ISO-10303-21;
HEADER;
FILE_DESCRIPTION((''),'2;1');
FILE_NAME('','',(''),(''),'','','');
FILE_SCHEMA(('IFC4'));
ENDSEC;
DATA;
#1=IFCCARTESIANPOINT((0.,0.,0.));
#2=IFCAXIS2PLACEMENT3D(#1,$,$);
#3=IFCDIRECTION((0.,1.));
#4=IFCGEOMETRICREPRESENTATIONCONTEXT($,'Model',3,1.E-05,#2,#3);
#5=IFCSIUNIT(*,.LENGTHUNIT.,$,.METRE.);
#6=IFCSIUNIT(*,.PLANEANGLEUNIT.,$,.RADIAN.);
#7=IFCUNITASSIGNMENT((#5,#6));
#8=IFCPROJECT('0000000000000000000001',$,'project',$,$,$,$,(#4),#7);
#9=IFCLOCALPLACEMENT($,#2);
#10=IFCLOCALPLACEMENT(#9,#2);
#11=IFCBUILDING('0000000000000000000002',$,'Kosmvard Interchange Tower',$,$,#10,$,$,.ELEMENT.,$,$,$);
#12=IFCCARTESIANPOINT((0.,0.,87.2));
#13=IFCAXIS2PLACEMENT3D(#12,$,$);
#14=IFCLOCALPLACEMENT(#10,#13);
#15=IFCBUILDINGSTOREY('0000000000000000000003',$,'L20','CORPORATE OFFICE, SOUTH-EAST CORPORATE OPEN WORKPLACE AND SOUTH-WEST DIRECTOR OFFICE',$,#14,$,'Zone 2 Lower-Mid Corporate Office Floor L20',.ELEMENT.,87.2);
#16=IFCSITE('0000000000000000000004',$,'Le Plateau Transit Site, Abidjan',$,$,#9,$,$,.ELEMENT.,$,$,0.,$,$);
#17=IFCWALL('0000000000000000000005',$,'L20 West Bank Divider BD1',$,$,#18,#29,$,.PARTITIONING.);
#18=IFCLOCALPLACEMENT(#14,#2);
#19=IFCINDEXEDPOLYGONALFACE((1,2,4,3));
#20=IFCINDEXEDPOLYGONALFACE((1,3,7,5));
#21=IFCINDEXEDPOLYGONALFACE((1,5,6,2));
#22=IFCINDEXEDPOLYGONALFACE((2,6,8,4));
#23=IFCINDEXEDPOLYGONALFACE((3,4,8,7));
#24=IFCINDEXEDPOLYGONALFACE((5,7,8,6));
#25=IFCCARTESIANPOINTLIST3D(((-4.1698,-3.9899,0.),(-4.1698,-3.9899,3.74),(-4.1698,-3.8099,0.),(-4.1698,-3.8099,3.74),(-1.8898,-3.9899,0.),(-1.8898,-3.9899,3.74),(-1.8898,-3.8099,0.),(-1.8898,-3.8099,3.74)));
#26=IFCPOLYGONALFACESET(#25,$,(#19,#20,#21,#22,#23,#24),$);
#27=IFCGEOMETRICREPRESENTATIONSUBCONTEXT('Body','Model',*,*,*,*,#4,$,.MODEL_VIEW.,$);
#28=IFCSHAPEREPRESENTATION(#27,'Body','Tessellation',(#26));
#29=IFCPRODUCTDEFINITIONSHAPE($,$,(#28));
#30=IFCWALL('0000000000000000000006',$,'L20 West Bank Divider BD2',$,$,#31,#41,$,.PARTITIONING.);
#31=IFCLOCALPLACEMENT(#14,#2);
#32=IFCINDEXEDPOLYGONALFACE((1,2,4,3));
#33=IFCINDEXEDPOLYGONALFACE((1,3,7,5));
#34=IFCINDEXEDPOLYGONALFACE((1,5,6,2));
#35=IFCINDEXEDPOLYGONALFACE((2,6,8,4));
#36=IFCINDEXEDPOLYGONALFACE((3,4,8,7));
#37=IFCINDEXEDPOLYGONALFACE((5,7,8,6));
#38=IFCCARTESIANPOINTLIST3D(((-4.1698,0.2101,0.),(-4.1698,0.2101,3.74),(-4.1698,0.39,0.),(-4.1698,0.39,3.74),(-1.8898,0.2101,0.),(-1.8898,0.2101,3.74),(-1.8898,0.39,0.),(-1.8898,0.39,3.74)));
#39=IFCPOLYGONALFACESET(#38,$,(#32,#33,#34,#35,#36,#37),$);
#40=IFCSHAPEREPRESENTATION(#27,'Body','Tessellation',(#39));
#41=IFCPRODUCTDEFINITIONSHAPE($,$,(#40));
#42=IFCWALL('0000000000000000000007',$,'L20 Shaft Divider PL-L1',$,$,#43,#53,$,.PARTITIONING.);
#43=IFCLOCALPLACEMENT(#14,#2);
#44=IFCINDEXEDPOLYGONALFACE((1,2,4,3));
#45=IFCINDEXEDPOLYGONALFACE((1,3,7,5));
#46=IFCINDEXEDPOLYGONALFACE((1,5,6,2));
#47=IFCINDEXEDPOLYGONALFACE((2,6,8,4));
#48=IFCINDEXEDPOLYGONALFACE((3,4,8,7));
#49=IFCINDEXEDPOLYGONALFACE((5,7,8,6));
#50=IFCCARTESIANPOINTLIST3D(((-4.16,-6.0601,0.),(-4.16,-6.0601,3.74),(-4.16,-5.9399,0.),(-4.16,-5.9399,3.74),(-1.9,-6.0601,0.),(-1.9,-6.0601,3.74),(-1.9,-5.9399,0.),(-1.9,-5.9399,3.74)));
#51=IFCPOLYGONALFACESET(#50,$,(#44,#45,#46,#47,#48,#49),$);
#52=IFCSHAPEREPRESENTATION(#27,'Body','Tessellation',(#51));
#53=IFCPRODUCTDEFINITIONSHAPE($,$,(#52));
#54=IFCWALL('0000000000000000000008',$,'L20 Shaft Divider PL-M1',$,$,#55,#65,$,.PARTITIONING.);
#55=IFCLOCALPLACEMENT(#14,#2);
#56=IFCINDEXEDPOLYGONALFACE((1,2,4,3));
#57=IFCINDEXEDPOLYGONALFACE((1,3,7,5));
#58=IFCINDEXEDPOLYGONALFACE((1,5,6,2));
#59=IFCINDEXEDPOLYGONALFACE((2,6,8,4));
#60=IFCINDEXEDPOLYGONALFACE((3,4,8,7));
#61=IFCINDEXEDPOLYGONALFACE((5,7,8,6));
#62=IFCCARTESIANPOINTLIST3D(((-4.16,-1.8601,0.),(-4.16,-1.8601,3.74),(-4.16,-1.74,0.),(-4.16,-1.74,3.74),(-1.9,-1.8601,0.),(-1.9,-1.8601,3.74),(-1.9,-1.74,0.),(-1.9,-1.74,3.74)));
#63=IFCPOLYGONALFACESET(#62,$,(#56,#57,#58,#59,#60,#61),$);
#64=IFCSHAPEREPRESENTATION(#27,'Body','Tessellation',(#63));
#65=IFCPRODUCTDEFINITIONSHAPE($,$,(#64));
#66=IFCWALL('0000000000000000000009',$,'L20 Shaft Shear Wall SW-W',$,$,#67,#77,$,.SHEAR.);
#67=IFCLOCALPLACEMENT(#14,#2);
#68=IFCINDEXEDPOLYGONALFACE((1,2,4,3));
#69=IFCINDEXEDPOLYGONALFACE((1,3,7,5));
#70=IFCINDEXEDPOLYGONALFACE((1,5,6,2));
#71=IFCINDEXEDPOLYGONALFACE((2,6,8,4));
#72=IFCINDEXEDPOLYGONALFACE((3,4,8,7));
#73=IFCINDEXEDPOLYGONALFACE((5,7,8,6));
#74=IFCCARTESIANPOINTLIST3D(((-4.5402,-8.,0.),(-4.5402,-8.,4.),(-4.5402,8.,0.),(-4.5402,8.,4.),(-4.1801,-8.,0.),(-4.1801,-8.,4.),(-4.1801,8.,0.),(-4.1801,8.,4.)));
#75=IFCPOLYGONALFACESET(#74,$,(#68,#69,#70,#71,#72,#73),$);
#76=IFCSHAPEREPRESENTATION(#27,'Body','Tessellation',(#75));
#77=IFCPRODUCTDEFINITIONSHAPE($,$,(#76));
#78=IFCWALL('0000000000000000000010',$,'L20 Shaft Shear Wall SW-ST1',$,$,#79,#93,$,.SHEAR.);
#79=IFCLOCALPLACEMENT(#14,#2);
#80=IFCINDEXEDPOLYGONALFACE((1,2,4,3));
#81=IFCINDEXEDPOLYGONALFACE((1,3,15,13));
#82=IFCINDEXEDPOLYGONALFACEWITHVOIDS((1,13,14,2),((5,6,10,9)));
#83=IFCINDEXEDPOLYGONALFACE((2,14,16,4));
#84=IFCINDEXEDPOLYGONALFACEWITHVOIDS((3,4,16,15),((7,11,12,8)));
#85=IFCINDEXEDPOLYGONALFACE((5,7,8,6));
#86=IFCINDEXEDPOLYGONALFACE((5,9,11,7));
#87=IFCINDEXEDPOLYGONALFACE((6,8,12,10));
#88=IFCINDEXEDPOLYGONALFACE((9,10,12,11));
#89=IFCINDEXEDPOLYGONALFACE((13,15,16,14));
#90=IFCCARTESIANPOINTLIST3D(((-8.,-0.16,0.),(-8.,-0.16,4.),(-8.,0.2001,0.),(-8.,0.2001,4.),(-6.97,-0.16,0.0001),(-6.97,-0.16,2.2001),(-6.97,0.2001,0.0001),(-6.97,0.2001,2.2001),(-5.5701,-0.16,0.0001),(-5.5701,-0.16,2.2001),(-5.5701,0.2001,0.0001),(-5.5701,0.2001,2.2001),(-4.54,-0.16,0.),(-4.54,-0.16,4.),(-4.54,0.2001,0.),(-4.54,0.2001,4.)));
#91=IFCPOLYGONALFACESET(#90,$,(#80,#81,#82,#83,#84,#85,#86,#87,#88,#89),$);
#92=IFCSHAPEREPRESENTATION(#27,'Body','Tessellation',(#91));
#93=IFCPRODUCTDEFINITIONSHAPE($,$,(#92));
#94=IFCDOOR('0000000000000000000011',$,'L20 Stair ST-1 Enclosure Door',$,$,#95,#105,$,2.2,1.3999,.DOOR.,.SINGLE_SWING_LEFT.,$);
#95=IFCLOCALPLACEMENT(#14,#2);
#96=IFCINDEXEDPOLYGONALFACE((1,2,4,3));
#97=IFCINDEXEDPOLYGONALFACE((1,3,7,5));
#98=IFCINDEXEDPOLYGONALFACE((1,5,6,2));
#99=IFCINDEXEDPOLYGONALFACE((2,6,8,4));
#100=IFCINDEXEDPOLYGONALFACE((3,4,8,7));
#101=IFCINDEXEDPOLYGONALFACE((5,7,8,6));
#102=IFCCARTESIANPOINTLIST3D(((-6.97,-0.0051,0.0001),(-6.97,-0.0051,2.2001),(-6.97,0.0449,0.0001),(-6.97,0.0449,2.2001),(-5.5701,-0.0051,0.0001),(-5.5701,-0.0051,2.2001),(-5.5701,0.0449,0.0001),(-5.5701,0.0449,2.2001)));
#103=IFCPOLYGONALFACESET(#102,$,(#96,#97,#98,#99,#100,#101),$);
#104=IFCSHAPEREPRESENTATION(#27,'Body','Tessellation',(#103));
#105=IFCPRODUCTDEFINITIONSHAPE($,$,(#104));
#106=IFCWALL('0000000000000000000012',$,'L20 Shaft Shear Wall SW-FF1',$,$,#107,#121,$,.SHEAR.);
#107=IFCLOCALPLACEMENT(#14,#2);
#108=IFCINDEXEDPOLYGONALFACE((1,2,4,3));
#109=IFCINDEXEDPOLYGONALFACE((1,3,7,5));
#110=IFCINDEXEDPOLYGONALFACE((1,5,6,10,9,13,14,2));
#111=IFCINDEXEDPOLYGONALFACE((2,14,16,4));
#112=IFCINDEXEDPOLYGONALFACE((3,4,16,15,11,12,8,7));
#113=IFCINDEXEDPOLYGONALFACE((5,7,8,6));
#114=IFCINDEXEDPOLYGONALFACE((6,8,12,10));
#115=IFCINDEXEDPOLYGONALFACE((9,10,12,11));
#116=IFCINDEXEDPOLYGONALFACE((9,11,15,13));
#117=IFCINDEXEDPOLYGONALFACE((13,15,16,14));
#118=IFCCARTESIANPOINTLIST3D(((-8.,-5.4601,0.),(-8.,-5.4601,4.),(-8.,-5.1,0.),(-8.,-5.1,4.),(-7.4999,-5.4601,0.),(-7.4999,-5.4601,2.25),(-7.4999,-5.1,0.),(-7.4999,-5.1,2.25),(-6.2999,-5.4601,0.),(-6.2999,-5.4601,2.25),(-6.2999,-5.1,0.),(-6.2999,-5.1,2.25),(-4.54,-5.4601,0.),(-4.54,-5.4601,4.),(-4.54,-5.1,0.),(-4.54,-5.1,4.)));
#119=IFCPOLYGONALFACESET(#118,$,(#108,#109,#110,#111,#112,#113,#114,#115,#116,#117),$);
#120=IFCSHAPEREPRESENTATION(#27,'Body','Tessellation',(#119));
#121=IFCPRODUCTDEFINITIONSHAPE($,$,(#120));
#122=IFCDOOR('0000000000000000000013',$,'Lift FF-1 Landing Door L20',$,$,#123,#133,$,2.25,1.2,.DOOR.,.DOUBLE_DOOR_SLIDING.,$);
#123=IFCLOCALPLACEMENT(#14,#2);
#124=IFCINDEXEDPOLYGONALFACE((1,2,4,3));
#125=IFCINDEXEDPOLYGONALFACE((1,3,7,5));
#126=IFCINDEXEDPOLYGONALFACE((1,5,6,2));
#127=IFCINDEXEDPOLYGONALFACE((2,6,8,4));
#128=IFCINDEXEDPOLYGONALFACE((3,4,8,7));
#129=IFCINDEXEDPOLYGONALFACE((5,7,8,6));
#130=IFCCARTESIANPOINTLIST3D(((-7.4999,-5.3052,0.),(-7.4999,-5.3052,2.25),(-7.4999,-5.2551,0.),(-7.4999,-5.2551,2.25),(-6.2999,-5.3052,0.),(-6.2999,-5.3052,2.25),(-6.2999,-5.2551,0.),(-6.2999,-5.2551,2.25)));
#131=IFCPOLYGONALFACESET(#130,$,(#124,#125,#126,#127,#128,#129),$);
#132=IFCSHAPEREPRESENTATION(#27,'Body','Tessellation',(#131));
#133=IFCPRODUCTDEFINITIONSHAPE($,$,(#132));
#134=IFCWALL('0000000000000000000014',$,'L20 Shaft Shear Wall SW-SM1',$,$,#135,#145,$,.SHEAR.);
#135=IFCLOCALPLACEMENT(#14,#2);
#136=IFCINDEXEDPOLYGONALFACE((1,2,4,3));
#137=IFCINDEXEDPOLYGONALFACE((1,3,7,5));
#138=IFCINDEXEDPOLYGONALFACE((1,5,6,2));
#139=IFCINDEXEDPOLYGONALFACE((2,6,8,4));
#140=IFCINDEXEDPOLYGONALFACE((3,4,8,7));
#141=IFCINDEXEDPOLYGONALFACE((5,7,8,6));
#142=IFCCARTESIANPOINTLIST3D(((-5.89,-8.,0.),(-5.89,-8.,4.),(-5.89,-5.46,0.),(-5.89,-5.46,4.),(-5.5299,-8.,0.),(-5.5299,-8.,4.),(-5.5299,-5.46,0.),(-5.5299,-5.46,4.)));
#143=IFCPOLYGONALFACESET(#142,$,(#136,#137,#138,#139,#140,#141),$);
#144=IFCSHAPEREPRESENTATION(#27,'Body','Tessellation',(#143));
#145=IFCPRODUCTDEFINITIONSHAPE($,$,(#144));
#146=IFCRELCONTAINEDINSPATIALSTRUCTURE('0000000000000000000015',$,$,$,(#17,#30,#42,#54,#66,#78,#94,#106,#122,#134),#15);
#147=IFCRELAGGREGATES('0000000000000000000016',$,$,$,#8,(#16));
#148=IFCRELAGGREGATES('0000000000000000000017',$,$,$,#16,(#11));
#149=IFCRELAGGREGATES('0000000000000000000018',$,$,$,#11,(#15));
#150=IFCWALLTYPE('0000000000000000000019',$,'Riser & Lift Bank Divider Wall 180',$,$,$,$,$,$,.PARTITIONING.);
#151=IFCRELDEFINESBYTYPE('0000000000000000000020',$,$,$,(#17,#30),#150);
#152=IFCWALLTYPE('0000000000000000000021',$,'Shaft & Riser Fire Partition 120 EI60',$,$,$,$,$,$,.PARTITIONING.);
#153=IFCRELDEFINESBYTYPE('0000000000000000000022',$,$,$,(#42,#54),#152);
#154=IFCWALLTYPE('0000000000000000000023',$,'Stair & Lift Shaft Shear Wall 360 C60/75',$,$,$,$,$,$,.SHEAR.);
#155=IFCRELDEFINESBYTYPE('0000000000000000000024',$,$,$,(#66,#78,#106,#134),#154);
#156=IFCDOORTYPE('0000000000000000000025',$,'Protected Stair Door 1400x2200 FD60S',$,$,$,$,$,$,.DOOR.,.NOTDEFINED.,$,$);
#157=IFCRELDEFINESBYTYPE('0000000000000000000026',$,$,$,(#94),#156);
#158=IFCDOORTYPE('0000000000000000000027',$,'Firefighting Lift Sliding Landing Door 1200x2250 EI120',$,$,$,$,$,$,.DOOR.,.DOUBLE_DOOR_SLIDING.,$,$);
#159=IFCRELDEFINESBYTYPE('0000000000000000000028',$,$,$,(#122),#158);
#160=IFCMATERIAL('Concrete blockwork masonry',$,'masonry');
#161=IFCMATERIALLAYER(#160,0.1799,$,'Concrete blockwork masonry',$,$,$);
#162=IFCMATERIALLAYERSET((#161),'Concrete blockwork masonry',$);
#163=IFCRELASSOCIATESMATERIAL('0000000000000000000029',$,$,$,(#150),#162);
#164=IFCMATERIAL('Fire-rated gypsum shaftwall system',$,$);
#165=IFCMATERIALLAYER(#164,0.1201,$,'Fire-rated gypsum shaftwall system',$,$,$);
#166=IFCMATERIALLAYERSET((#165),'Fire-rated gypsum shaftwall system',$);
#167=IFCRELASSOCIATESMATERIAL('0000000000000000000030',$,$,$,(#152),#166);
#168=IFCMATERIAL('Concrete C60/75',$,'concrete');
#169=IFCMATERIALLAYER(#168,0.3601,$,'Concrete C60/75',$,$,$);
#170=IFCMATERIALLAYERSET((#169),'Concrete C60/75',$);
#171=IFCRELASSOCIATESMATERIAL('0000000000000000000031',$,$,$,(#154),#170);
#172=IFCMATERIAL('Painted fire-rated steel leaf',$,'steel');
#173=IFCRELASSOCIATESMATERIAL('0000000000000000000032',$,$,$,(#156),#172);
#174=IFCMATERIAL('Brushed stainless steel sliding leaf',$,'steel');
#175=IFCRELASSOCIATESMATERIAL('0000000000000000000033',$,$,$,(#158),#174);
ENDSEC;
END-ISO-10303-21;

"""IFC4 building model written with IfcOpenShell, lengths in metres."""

from ifc_helpers import new_model, si_unit, direction, frame, frame_2d, origin, place, context, subcontext, project, spatial, rectangle, extrude, source, transform, mapped, material, layer, layer_set, type_object, element, fill, save


model = new_model("IFC4")

# Units and contexts
model_context = context("Model", 3, precision=1e-05, world=origin(), true_north=direction((0.0, 1.0)))
body_context = subcontext(model_context, "Body", "Model", "MODEL_VIEW")
ifc_project = project(units=[si_unit("LENGTHUNIT", "METRE"), si_unit("PLANEANGLEUNIT", "RADIAN")], contexts=[model_context])

# Site, building, storey
site_placement = place(None, origin())
site = spatial("IfcSite", under=ifc_project, at=site_placement, Name="Le Plateau Transit Site, Abidjan", CompositionType="ELEMENT", RefElevation=0.0)
building_placement = place(site_placement, origin())
building = spatial("IfcBuilding", under=site, at=building_placement, Name="Kosmvard Interchange Tower", CompositionType="ELEMENT")
storey_placement = place(building_placement, frame((0.0, 0.0, 87.2)))
storey = spatial("IfcBuildingStorey", under=building, at=storey_placement, Name="L20", Description="CORPORATE OFFICE, SOUTH-EAST CORPORATE OPEN WORKPLACE AND SOUTH-WEST DIRECTOR OFFICE", LongName="Zone 2 Lower-Mid Corporate Office Floor L20", CompositionType="ELEMENT", Elevation=87.2)

# Shared definitions
ifc_material_1 = material(Name="Brushed stainless steel sliding leaf", Category="steel")

# Walls
ifc_material_2 = material(Name="Concrete blockwork masonry", Category="masonry")
ifc_layer_1 = layer(ifc_material_2, 0.1799, Name="Concrete blockwork masonry")
ifc_layer_set_1 = layer_set([ifc_layer_1], Name="Concrete blockwork masonry")
wall_type_1 = type_object("IfcWallType", Name="Riser & Lift Bank Divider Wall 180", PredefinedType="PARTITIONING", material=ifc_layer_set_1)
for number, where, z_axis, x_axis, name in (
    (1, (-4.1699, -3.8999, 0.0), (0.0, 0.0, 1.0), (1.0, 0.0, 0.0), "L20 West Bank Divider BD1"),
    (2, (-4.1699, 0.3, 0.0), (0.0, 0.0, 1.0), (1.0, 0.0, 0.0), "L20 West Bank Divider BD2"),
):
    element("IfcWall", number, at=place(storey_placement, frame(where, z_axis=z_axis, x_axis=x_axis)), inside=storey, type_object=wall_type_1, Name=name, PredefinedType="PARTITIONING", context=body_context, shape_type="SweptSolid", body=[
        extrude(rectangle(XDim=2.28, YDim=0.1799, at=frame_2d((1.1401, 0.0))), origin(), (0.0, 0.0, 1.0), 3.74),
    ])
ifc_material_3 = material(Name="Fire-rated gypsum shaftwall system")
ifc_layer_2 = layer(ifc_material_3, 0.1201, Name="Fire-rated gypsum shaftwall system")
ifc_layer_set_2 = layer_set([ifc_layer_2], Name="Fire-rated gypsum shaftwall system")
wall_type_2 = type_object("IfcWallType", Name="Shaft & Riser Fire Partition 120 EI60", PredefinedType="PARTITIONING", material=ifc_layer_set_2)
for number, where, z_axis, x_axis, name in (
    (3, (-4.1599, -6.0, 0.0), (0.0, 0.0, 1.0), (1.0, 0.0, 0.0), "L20 Shaft Divider PL-L1"),
    (4, (-4.1599, -1.8, 0.0), (0.0, 0.0, 1.0), (1.0, 0.0, 0.0), "L20 Shaft Divider PL-M1"),
):
    element("IfcWall", number, at=place(storey_placement, frame(where, z_axis=z_axis, x_axis=x_axis)), inside=storey, type_object=wall_type_2, Name=name, PredefinedType="PARTITIONING", context=body_context, shape_type="SweptSolid", body=[
        extrude(rectangle(XDim=2.26, YDim=0.1201, at=frame_2d((1.1299, 0.0))), origin(), (0.0, 0.0, 1.0), 3.74),
    ])
ifc_material_4 = material(Name="Concrete C60/75", Category="concrete")
ifc_layer_3 = layer(ifc_material_4, 0.3601, Name="Concrete C60/75")
ifc_layer_set_3 = layer_set([ifc_layer_3], Name="Concrete C60/75")
wall_type_3 = type_object("IfcWallType", Name="Stair & Lift Shaft Shear Wall 360 C60/75", PredefinedType="SHEAR", material=ifc_layer_set_3)
wall_1_placement = place(storey_placement, frame((-4.3601, -8.0, 0.0), z_axis=(0.0, 0.0, 1.0), x_axis=(0.0, 1.0, 0.0)))
element("IfcWall", 5, at=wall_1_placement, inside=storey, type_object=wall_type_3, Name="L20 Shaft Shear Wall SW-W", PredefinedType="SHEAR", context=body_context, shape_type="SweptSolid", body=[
    extrude(rectangle(XDim=16.0, YDim=0.3601, at=frame_2d((8.0, 0.0))), origin(), (0.0, 0.0, 1.0), 4.0),
])

# Walls, openings, doors
wall_2_placement = place(storey_placement, frame((-8.0, 0.02, 0.0), z_axis=(0.0, 0.0, 1.0), x_axis=(1.0, 0.0, 0.0)))
wall_2 = element("IfcWall", 6, at=wall_2_placement, inside=storey, type_object=wall_type_3, Name="L20 Shaft Shear Wall SW-ST1", PredefinedType="SHEAR", context=body_context, shape_type="SweptSolid", body=[
    extrude(rectangle(XDim=3.46, YDim=0.3601, at=frame_2d((1.73, 0.0))), origin(), (0.0, 0.0, 1.0), 4.0),
])
opening_1_placement = place(wall_2_placement, frame((1.03, 0.0, 0.0)))
opening_1 = element("IfcOpeningElement", 7, at=opening_1_placement, cuts=wall_2, PredefinedType="OPENING", context=body_context, shape_type="SweptSolid", body=[
    extrude(rectangle(XDim=1.3999, YDim=2.2, at=frame_2d((0.7, 1.1001))), frame((0.0, 0.1899, 0.0), z_axis=(0.0, -1.0, 0.0), x_axis=(1.0, 0.0, 0.0)), (0.0, 0.0, 1.0), 0.3801),
])
ifc_material_5 = material(Name="Painted fire-rated steel leaf", Category="steel")
door_type_1 = type_object("IfcDoorType", Name="Protected Stair Door 1400x2200 FD60S", OperationType="NOTDEFINED", PredefinedType="DOOR", material=ifc_material_5)
shared_shape_1 = source(origin(), body_context, "Body", "SweptSolid", [
    extrude(rectangle(XDim=1.3999, YDim=2.2, at=frame_2d((0.7, 1.1001))), frame((0.0, 0.0249, 0.0), z_axis=(0.0, -1.0, 0.0), x_axis=(1.0, 0.0, 0.0)), (0.0, 0.0, 1.0), 0.05),
])
door_1_placement = place(opening_1_placement, origin())
door_1 = element("IfcDoor", 8, at=door_1_placement, inside=storey, type_object=door_type_1, Name="L20 Stair ST-1 Enclosure Door", OperationType="SINGLE_SWING_LEFT", OverallHeight=2.2, OverallWidth=1.3999, PredefinedType="DOOR", context=body_context, shape_type="MappedRepresentation", body=[
    mapped(shared_shape_1, transform((0.0, 0.0, 0.0), scale=1.0)),
])
fill(opening_1, door_1)
wall_3_placement = place(storey_placement, frame((-8.0, -5.28, 0.0), z_axis=(0.0, 0.0, 1.0), x_axis=(1.0, 0.0, 0.0)))
wall_3 = element("IfcWall", 9, at=wall_3_placement, inside=storey, type_object=wall_type_3, Name="L20 Shaft Shear Wall SW-FF1", PredefinedType="SHEAR", context=body_context, shape_type="SweptSolid", body=[
    extrude(rectangle(XDim=3.46, YDim=0.3601, at=frame_2d((1.73, 0.0))), origin(), (0.0, 0.0, 1.0), 4.0),
])
opening_2_placement = place(wall_3_placement, frame((0.5, 0.0, 0.0)))
opening_2 = element("IfcOpeningElement", 10, at=opening_2_placement, cuts=wall_3, PredefinedType="OPENING", context=body_context, shape_type="SweptSolid", body=[
    extrude(rectangle(XDim=1.2, YDim=2.25, at=frame_2d((0.6001, 1.125))), frame((0.0, 0.1899, 0.0), z_axis=(0.0, -1.0, 0.0), x_axis=(1.0, 0.0, 0.0)), (0.0, 0.0, 1.0), 0.3801),
])
door_type_2 = type_object("IfcDoorType", Name="Firefighting Lift Sliding Landing Door 1200x2250 EI120", OperationType="DOUBLE_DOOR_SLIDING", PredefinedType="DOOR", material=ifc_material_1)
shared_shape_2 = source(origin(), body_context, "Body", "SweptSolid", [
    extrude(rectangle(XDim=1.2, YDim=2.25, at=frame_2d((0.6001, 1.125))), frame((0.0, 0.0249, 0.0), z_axis=(0.0, -1.0, 0.0), x_axis=(1.0, 0.0, 0.0)), (0.0, 0.0, 1.0), 0.05),
])
door_2_placement = place(opening_2_placement, origin())
door_2 = element("IfcDoor", 11, at=door_2_placement, inside=storey, type_object=door_type_2, Name="Lift FF-1 Landing Door L20", OperationType="DOUBLE_DOOR_SLIDING", OverallHeight=2.25, OverallWidth=1.2, PredefinedType="DOOR", context=body_context, shape_type="MappedRepresentation", body=[
    mapped(shared_shape_2, transform((0.0, 0.0, 0.0), scale=1.0)),
])
fill(opening_2, door_2)

# Wall
wall_4_placement = place(storey_placement, frame((-5.71, -8.0, 0.0), z_axis=(0.0, 0.0, 1.0), x_axis=(0.0, 1.0, 0.0)))
element("IfcWall", 12, at=wall_4_placement, inside=storey, type_object=wall_type_3, Name="L20 Shaft Shear Wall SW-SM1", PredefinedType="SHEAR", context=body_context, shape_type="SweptSolid", body=[
    extrude(rectangle(XDim=2.54, YDim=0.3601, at=frame_2d((1.27, 0.0))), origin(), (0.0, 0.0, 1.0), 4.0),
])

save(model, "model.ifc")
